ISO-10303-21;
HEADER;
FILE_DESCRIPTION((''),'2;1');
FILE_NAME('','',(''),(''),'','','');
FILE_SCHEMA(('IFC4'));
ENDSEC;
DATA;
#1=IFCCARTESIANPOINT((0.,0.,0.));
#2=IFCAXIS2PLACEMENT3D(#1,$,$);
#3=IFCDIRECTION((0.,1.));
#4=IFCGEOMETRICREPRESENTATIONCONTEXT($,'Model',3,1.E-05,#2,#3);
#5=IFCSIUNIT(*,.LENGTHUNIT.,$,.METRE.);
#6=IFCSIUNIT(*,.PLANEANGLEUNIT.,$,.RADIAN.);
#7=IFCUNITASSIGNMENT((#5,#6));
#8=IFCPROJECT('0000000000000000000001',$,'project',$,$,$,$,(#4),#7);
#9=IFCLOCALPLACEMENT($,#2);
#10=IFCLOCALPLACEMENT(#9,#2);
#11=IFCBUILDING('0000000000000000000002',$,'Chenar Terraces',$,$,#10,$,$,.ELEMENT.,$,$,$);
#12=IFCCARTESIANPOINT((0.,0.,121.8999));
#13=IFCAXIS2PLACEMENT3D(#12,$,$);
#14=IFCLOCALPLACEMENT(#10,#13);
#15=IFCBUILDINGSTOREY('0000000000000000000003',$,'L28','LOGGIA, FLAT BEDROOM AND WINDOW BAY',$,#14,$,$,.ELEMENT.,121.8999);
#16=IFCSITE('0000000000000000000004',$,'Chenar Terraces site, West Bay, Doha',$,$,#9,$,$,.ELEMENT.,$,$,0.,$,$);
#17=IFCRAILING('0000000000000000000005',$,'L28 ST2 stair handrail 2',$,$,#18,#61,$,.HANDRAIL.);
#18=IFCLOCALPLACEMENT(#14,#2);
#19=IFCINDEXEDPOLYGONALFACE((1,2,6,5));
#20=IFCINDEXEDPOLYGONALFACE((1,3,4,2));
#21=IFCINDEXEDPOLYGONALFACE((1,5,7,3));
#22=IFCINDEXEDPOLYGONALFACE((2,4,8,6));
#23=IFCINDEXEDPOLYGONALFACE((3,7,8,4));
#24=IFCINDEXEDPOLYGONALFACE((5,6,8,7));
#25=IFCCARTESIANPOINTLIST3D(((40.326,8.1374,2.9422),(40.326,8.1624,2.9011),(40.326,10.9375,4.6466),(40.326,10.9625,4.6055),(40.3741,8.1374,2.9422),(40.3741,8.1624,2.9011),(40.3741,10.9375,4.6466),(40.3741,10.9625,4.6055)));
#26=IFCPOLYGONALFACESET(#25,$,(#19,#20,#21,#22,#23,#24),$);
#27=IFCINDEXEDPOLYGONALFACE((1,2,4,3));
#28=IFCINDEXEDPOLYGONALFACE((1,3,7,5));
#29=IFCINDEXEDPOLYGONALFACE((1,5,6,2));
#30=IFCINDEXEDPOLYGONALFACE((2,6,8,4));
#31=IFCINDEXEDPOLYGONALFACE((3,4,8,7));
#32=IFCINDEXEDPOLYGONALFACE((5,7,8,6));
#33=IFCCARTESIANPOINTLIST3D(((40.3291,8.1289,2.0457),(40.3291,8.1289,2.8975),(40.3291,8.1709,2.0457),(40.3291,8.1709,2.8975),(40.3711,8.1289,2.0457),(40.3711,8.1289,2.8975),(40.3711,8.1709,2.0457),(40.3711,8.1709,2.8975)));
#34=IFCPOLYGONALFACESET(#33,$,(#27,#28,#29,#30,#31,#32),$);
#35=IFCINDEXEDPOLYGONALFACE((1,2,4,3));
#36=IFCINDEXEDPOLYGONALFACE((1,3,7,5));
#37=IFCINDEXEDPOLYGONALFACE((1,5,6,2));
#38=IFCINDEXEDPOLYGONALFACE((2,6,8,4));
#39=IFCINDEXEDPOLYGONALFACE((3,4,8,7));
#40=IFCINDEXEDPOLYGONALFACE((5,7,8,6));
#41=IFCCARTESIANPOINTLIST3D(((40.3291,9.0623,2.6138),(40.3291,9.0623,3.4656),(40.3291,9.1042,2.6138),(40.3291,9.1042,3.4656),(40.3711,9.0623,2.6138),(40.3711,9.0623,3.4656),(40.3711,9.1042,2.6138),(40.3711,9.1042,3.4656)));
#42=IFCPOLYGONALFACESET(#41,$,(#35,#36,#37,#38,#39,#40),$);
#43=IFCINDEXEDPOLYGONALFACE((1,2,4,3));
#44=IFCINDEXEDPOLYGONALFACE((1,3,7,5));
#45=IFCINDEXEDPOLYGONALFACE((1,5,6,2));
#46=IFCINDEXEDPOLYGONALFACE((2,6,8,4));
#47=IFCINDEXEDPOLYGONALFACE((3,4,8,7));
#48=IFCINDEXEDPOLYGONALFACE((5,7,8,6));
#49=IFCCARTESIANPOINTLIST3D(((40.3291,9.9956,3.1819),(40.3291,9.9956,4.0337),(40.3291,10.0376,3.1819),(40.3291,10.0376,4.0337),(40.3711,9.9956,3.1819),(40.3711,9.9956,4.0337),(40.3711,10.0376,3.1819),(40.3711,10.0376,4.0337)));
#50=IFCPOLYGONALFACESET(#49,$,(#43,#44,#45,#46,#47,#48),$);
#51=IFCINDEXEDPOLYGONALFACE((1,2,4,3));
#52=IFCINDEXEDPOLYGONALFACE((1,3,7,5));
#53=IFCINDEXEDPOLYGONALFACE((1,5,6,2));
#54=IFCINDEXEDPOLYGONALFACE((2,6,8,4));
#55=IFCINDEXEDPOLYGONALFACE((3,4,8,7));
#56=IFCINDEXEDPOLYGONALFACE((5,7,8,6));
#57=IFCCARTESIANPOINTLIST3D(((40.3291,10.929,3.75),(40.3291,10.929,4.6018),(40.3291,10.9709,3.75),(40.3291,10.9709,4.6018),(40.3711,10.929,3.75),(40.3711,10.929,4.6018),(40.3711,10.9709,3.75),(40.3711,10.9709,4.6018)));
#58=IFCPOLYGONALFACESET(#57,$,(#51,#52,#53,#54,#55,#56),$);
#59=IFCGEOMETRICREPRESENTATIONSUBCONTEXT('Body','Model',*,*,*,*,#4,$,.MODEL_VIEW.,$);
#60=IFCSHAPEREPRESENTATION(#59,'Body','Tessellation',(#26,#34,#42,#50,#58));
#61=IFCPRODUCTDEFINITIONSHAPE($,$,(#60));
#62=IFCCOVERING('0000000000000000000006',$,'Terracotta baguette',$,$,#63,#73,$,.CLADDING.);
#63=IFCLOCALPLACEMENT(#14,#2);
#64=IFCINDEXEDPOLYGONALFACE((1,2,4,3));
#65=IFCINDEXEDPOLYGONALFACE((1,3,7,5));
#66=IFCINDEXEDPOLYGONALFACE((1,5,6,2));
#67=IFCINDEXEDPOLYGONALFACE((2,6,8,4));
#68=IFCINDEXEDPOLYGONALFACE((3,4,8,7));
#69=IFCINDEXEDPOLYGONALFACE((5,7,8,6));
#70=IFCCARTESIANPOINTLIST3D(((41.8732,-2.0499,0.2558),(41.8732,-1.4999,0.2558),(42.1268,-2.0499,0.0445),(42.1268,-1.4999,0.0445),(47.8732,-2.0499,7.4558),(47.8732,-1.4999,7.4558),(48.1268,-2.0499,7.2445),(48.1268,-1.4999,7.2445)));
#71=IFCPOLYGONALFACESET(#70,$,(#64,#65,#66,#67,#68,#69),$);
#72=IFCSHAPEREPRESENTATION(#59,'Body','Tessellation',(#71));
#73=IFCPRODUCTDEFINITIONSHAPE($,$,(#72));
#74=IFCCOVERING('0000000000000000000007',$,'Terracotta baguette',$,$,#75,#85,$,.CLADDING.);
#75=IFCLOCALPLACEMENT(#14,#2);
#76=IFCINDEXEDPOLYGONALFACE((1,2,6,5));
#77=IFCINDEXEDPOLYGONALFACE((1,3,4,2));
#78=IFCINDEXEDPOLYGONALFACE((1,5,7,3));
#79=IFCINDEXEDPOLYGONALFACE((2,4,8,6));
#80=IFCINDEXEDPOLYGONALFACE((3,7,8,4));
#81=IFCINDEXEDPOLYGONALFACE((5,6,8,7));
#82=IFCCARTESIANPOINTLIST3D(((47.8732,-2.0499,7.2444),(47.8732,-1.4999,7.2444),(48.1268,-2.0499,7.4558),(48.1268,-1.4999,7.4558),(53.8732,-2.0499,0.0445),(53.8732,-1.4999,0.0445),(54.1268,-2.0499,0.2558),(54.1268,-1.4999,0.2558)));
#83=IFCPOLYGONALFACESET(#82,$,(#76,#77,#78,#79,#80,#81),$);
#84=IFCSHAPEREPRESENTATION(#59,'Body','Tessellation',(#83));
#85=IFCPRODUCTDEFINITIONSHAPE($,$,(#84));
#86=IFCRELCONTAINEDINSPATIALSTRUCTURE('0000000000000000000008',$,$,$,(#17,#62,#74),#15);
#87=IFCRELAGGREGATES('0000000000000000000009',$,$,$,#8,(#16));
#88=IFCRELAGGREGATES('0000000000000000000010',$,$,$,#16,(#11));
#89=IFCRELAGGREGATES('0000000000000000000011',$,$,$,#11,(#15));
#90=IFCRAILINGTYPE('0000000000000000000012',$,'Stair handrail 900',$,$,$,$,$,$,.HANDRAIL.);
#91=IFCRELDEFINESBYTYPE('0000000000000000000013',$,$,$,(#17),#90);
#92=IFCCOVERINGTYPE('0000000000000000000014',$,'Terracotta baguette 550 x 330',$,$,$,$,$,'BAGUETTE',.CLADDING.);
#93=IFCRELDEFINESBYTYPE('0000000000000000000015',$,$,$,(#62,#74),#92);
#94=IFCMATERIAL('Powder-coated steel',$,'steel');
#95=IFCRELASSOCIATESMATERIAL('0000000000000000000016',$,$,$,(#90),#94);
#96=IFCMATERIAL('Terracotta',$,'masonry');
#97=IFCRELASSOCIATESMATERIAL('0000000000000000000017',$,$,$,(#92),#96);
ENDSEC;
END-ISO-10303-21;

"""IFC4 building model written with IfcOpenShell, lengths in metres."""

from ifc_helpers import new_model, si_unit, direction, frame, origin, origin_2d, place, context, subcontext, project, spatial, rectangle, extrude, material, material_profile, profile_set, type_object, element, save


model = new_model("IFC4")

# Units and contexts
model_context = context("Model", 3, precision=1e-05, world=origin(), true_north=direction((0.0, 1.0)))
body_context = subcontext(model_context, "Body", "Model", "MODEL_VIEW")
ifc_project = project(units=[si_unit("LENGTHUNIT", "METRE"), si_unit("PLANEANGLEUNIT", "RADIAN")], contexts=[model_context])

# Site, building, storey
site_placement = place(None, origin())
site = spatial("IfcSite", under=ifc_project, at=site_placement, Name="Chenar Terraces site, West Bay, Doha", CompositionType="ELEMENT", RefElevation=0.0)
building_placement = place(site_placement, origin())
building = spatial("IfcBuilding", under=site, at=building_placement, Name="Chenar Terraces", CompositionType="ELEMENT")
storey_placement = place(building_placement, frame((0.0, 0.0, 121.8999)))
storey = spatial("IfcBuildingStorey", under=building, at=storey_placement, Name="L28", Description="LOGGIA, FLAT BEDROOM AND WINDOW BAY", CompositionType="ELEMENT", Elevation=121.8999)

# Railing
ifc_material_1 = material(Name="Powder-coated steel", Category="steel")
railing_type_1 = type_object("IfcRailingType", Name="Stair handrail 900", PredefinedType="HANDRAIL", material=ifc_material_1)
railing_1_placement = place(storey_placement, frame((40.3501, 8.1499, 2.0457)))
element("IfcRailing", 1, at=railing_1_placement, inside=storey, type_object=railing_type_1, Name="L28 ST2 stair handrail 2", PredefinedType="HANDRAIL", context=body_context, shape_type="SweptSolid", body=[
    extrude(rectangle(XDim=0.0481, YDim=0.0481, at=origin_2d()), frame((0.0, 0.0, 0.876), z_axis=(0.0, 0.854203, 0.51994), x_axis=(-1.0, 0.0, 0.0)), (0.0, 0.0, 1.0), 3.2781),
    extrude(rectangle(XDim=0.042, YDim=0.042, at=origin_2d()), origin(), (0.0, 0.0, 1.0), 0.8518),
    extrude(rectangle(XDim=0.042, YDim=0.042, at=origin_2d()), frame((0.0, 0.9333, 0.5681)), (0.0, 0.0, 1.0), 0.8518),
    extrude(rectangle(XDim=0.042, YDim=0.042, at=origin_2d()), frame((0.0, 1.8667, 1.1362)), (0.0, 0.0, 1.0), 0.8518),
    extrude(rectangle(XDim=0.042, YDim=0.042, at=origin_2d()), frame((0.0, 2.8, 1.7043)), (0.0, 0.0, 1.0), 0.8518),
])

# Coverings
ifc_material_2 = material(Name="Terracotta", Category="masonry")
ifc_material_profile_1 = material_profile(ifc_material_2, rectangle(XDim=0.55, YDim=0.3301, at=origin_2d()), Name="Terracotta baguette 550 x 330")
ifc_profile_set_1 = profile_set([ifc_material_profile_1], Name="Terracotta")
covering_type = type_object("IfcCoveringType", Name="Terracotta baguette 550 x 330", ElementType="BAGUETTE", PredefinedType="CLADDING", material=ifc_profile_set_1)
for number, where, z_axis, x_axis, name in (
    (2, (42.0, -1.7749, 0.1501), (0.640187, 0.0, 0.768219), (0.0, 1.0, 0.0), "Terracotta baguette"),
    (3, (48.0, -1.7749, 7.3501), (0.640187, 0.0, -0.768219), (0.0, 1.0, 0.0), "Terracotta baguette"),
):
    element("IfcCovering", number, at=place(storey_placement, frame(where, z_axis=z_axis, x_axis=x_axis)), inside=storey, type_object=covering_type, Name=name, PredefinedType="CLADDING", context=body_context, shape_type="SweptSolid", body=[
        extrude(rectangle(XDim=0.55, YDim=0.3301, at=origin_2d()), origin(), (0.0, 0.0, 1.0), 9.3723),
    ])

save(model, "model.ifc")
